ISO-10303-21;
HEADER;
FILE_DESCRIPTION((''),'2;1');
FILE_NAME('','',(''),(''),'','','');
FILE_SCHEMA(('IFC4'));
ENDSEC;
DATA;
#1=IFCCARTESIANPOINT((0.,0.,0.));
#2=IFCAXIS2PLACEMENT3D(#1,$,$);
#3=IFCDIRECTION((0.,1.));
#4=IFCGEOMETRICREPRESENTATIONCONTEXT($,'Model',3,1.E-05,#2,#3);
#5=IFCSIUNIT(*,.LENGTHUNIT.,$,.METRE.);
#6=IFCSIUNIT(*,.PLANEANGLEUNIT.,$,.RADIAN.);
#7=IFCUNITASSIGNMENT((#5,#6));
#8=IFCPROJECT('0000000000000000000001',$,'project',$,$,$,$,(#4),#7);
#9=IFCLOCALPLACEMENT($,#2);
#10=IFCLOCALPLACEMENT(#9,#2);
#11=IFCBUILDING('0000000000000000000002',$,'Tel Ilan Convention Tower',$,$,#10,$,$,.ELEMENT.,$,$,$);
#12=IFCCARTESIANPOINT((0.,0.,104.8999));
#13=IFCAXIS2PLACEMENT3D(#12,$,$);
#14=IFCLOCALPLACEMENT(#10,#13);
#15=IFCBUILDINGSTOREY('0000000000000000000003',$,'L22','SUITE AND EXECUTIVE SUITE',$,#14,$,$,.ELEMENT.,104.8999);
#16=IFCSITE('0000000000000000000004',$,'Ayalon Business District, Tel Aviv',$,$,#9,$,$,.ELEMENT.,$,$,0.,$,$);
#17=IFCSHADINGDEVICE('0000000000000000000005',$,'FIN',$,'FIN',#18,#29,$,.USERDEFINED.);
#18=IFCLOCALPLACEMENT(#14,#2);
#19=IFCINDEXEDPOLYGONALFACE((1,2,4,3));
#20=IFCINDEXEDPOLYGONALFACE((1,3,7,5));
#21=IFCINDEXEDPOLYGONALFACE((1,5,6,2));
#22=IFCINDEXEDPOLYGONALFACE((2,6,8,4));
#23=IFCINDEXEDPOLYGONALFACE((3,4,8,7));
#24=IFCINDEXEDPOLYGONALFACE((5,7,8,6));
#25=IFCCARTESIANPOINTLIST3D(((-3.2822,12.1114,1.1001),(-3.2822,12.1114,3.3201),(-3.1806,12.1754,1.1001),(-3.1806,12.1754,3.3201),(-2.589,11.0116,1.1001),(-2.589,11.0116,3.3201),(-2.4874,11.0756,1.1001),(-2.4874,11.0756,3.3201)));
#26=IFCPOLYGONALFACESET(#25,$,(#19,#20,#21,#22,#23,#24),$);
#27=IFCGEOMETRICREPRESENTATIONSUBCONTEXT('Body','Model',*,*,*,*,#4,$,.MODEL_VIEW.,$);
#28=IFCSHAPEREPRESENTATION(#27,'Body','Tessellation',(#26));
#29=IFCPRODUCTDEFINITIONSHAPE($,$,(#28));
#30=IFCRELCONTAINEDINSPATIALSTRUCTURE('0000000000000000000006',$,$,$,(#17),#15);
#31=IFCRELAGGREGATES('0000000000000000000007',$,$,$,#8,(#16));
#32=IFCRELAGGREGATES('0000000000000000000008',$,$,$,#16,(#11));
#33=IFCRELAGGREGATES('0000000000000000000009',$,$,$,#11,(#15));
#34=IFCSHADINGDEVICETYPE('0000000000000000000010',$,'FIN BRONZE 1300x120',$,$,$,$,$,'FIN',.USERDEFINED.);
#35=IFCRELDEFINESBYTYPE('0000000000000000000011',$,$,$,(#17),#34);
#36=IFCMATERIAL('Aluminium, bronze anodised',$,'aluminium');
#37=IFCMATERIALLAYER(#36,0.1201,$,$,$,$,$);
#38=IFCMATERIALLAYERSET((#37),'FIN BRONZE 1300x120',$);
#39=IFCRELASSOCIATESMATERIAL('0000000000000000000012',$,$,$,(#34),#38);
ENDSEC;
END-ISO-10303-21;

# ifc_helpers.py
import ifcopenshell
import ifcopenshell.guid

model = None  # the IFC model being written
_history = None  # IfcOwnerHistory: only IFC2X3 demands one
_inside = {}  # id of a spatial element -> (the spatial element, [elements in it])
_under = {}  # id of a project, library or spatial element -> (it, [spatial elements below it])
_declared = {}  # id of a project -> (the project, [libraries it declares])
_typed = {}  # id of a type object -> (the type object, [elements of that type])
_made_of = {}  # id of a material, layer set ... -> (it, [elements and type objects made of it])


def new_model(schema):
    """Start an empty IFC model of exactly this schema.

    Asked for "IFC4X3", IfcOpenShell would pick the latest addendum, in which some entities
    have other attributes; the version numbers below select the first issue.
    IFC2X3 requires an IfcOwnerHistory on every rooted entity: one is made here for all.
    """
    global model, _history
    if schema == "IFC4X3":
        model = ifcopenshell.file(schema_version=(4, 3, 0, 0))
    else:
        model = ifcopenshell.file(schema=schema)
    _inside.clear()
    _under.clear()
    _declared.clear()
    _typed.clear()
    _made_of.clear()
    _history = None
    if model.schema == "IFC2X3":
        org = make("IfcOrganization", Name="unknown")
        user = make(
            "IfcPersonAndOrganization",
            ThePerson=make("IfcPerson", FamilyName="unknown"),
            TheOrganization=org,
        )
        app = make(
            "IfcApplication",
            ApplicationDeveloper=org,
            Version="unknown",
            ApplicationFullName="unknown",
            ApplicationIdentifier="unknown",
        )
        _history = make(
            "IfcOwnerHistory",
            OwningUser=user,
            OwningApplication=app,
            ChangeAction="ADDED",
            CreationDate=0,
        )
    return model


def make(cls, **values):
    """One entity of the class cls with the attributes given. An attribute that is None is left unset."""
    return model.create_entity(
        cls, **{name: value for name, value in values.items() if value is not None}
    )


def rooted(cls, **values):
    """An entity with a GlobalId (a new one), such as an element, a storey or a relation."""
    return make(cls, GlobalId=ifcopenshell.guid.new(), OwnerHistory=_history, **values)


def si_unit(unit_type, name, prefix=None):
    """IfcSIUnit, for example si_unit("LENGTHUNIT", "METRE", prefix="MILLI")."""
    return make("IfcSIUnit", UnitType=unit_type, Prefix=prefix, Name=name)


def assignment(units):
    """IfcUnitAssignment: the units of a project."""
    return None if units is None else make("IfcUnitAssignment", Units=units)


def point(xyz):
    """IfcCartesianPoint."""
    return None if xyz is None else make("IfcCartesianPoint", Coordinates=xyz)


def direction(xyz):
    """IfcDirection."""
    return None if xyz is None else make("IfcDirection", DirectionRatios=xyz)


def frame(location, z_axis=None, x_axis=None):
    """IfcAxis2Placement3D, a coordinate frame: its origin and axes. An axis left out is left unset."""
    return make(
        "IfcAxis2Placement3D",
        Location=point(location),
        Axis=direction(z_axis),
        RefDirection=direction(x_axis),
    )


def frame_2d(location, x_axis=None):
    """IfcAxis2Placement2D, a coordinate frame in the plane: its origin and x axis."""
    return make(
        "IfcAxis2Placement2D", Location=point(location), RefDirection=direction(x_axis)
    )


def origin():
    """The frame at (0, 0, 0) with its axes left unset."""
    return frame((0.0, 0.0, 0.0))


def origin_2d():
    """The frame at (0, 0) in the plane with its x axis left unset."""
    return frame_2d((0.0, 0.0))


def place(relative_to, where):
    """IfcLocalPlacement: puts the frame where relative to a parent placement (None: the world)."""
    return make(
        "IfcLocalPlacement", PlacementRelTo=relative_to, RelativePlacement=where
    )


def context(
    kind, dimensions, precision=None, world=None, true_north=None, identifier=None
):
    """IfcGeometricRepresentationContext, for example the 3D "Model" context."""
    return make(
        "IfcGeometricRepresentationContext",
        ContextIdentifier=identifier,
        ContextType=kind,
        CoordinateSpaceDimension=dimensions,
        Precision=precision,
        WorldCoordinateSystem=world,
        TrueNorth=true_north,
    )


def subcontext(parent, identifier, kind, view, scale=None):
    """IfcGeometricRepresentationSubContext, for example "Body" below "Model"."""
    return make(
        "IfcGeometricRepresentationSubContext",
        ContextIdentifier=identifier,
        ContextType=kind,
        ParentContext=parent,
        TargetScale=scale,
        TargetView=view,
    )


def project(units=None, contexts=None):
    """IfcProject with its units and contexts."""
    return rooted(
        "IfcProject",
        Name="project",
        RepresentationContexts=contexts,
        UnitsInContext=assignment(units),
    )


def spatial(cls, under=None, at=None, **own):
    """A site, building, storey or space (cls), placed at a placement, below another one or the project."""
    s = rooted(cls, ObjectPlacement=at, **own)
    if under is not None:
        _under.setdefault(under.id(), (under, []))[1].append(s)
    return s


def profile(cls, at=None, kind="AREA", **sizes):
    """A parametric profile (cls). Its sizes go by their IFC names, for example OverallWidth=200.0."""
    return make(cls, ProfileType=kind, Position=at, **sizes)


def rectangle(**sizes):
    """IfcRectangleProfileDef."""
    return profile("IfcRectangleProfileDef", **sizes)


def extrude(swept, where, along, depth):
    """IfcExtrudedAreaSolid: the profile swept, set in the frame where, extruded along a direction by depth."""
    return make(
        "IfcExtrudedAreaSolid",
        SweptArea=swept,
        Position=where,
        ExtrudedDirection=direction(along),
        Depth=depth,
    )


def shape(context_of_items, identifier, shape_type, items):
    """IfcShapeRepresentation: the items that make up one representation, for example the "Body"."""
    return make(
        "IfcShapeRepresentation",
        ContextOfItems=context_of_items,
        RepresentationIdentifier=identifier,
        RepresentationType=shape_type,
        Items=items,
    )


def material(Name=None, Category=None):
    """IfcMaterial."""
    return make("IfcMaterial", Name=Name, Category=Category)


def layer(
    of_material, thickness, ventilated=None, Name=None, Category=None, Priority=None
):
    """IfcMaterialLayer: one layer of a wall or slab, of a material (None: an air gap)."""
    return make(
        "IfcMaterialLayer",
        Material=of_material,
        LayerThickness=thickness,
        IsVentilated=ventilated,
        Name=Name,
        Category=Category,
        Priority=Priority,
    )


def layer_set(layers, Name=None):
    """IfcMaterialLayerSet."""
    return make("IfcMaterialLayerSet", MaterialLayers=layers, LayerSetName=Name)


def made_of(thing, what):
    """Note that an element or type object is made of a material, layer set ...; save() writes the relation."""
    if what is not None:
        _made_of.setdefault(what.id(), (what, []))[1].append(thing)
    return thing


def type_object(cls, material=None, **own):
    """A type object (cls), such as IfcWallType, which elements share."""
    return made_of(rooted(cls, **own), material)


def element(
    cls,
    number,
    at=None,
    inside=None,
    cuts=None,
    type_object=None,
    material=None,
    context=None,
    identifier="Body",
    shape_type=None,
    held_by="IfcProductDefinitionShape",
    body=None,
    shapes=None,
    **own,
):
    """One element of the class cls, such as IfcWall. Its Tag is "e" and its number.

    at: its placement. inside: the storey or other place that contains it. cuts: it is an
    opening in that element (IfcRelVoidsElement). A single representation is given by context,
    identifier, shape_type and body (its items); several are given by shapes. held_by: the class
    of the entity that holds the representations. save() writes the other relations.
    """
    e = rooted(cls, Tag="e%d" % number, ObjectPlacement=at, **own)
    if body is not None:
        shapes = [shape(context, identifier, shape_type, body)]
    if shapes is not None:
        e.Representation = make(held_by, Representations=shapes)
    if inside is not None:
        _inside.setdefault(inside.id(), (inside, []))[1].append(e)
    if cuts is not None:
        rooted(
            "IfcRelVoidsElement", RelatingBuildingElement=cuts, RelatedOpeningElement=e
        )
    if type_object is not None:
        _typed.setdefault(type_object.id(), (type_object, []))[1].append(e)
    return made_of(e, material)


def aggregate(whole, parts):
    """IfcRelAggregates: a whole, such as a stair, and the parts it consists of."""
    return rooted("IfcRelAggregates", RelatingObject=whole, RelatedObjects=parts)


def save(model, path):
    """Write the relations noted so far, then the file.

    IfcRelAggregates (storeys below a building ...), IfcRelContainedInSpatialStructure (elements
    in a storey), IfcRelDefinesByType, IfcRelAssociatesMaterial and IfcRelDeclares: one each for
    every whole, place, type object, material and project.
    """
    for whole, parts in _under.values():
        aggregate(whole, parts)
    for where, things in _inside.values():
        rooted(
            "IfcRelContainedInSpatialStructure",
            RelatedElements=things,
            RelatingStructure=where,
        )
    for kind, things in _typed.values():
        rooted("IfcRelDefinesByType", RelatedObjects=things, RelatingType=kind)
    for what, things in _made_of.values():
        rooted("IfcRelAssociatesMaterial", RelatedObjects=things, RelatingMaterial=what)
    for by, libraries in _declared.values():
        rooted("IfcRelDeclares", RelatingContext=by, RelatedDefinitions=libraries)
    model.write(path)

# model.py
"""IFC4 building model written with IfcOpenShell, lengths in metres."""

from ifc_helpers import new_model, si_unit, direction, frame, origin, origin_2d, place, context, subcontext, project, spatial, rectangle, extrude, material, layer, layer_set, type_object, element, save


model = new_model("IFC4")

# Units and contexts
model_context = context("Model", 3, precision=1e-05, world=origin(), true_north=direction((0.0, 1.0)))
body_context = subcontext(model_context, "Body", "Model", "MODEL_VIEW")
ifc_project = project(units=[si_unit("LENGTHUNIT", "METRE"), si_unit("PLANEANGLEUNIT", "RADIAN")], contexts=[model_context])

# Site, building, storey
site_placement = place(None, origin())
site = spatial("IfcSite", under=ifc_project, at=site_placement, Name="Ayalon Business District, Tel Aviv", CompositionType="ELEMENT", RefElevation=0.0)
building_placement = place(site_placement, origin())
building = spatial("IfcBuilding", under=site, at=building_placement, Name="Tel Ilan Convention Tower", CompositionType="ELEMENT")
storey_placement = place(building_placement, frame((0.0, 0.0, 104.8999)))
storey = spatial("IfcBuildingStorey", under=building, at=storey_placement, Name="L22", Description="SUITE AND EXECUTIVE SUITE", CompositionType="ELEMENT", Elevation=104.8999)

# Shading device
ifc_material_1 = material(Name="Aluminium, bronze anodised", Category="aluminium")
ifc_layer_1 = layer(ifc_material_1, 0.1201)
ifc_layer_set_1 = layer_set([ifc_layer_1], Name="FIN BRONZE 1300x120")
shading_device_type = type_object("IfcShadingDeviceType", Name="FIN BRONZE 1300x120", ElementType="FIN", PredefinedType="USERDEFINED", material=ifc_layer_set_1)
shading_device_placement = place(storey_placement, frame((-2.8848, 11.5935, 1.1001), z_axis=(0.0, 0.0, 1.0), x_axis=(-0.533204, 0.845986, 0.0)))
element("IfcShadingDevice", 1, at=shading_device_placement, inside=storey, type_object=shading_device_type, Name="FIN", ObjectType="FIN", PredefinedType="USERDEFINED", context=body_context, shape_type="SweptSolid", body=[
    extrude(rectangle(XDim=1.3, YDim=0.1201, at=origin_2d()), origin(), (0.0, 0.0, 1.0), 2.22),
])

save(model, "model.ifc")
